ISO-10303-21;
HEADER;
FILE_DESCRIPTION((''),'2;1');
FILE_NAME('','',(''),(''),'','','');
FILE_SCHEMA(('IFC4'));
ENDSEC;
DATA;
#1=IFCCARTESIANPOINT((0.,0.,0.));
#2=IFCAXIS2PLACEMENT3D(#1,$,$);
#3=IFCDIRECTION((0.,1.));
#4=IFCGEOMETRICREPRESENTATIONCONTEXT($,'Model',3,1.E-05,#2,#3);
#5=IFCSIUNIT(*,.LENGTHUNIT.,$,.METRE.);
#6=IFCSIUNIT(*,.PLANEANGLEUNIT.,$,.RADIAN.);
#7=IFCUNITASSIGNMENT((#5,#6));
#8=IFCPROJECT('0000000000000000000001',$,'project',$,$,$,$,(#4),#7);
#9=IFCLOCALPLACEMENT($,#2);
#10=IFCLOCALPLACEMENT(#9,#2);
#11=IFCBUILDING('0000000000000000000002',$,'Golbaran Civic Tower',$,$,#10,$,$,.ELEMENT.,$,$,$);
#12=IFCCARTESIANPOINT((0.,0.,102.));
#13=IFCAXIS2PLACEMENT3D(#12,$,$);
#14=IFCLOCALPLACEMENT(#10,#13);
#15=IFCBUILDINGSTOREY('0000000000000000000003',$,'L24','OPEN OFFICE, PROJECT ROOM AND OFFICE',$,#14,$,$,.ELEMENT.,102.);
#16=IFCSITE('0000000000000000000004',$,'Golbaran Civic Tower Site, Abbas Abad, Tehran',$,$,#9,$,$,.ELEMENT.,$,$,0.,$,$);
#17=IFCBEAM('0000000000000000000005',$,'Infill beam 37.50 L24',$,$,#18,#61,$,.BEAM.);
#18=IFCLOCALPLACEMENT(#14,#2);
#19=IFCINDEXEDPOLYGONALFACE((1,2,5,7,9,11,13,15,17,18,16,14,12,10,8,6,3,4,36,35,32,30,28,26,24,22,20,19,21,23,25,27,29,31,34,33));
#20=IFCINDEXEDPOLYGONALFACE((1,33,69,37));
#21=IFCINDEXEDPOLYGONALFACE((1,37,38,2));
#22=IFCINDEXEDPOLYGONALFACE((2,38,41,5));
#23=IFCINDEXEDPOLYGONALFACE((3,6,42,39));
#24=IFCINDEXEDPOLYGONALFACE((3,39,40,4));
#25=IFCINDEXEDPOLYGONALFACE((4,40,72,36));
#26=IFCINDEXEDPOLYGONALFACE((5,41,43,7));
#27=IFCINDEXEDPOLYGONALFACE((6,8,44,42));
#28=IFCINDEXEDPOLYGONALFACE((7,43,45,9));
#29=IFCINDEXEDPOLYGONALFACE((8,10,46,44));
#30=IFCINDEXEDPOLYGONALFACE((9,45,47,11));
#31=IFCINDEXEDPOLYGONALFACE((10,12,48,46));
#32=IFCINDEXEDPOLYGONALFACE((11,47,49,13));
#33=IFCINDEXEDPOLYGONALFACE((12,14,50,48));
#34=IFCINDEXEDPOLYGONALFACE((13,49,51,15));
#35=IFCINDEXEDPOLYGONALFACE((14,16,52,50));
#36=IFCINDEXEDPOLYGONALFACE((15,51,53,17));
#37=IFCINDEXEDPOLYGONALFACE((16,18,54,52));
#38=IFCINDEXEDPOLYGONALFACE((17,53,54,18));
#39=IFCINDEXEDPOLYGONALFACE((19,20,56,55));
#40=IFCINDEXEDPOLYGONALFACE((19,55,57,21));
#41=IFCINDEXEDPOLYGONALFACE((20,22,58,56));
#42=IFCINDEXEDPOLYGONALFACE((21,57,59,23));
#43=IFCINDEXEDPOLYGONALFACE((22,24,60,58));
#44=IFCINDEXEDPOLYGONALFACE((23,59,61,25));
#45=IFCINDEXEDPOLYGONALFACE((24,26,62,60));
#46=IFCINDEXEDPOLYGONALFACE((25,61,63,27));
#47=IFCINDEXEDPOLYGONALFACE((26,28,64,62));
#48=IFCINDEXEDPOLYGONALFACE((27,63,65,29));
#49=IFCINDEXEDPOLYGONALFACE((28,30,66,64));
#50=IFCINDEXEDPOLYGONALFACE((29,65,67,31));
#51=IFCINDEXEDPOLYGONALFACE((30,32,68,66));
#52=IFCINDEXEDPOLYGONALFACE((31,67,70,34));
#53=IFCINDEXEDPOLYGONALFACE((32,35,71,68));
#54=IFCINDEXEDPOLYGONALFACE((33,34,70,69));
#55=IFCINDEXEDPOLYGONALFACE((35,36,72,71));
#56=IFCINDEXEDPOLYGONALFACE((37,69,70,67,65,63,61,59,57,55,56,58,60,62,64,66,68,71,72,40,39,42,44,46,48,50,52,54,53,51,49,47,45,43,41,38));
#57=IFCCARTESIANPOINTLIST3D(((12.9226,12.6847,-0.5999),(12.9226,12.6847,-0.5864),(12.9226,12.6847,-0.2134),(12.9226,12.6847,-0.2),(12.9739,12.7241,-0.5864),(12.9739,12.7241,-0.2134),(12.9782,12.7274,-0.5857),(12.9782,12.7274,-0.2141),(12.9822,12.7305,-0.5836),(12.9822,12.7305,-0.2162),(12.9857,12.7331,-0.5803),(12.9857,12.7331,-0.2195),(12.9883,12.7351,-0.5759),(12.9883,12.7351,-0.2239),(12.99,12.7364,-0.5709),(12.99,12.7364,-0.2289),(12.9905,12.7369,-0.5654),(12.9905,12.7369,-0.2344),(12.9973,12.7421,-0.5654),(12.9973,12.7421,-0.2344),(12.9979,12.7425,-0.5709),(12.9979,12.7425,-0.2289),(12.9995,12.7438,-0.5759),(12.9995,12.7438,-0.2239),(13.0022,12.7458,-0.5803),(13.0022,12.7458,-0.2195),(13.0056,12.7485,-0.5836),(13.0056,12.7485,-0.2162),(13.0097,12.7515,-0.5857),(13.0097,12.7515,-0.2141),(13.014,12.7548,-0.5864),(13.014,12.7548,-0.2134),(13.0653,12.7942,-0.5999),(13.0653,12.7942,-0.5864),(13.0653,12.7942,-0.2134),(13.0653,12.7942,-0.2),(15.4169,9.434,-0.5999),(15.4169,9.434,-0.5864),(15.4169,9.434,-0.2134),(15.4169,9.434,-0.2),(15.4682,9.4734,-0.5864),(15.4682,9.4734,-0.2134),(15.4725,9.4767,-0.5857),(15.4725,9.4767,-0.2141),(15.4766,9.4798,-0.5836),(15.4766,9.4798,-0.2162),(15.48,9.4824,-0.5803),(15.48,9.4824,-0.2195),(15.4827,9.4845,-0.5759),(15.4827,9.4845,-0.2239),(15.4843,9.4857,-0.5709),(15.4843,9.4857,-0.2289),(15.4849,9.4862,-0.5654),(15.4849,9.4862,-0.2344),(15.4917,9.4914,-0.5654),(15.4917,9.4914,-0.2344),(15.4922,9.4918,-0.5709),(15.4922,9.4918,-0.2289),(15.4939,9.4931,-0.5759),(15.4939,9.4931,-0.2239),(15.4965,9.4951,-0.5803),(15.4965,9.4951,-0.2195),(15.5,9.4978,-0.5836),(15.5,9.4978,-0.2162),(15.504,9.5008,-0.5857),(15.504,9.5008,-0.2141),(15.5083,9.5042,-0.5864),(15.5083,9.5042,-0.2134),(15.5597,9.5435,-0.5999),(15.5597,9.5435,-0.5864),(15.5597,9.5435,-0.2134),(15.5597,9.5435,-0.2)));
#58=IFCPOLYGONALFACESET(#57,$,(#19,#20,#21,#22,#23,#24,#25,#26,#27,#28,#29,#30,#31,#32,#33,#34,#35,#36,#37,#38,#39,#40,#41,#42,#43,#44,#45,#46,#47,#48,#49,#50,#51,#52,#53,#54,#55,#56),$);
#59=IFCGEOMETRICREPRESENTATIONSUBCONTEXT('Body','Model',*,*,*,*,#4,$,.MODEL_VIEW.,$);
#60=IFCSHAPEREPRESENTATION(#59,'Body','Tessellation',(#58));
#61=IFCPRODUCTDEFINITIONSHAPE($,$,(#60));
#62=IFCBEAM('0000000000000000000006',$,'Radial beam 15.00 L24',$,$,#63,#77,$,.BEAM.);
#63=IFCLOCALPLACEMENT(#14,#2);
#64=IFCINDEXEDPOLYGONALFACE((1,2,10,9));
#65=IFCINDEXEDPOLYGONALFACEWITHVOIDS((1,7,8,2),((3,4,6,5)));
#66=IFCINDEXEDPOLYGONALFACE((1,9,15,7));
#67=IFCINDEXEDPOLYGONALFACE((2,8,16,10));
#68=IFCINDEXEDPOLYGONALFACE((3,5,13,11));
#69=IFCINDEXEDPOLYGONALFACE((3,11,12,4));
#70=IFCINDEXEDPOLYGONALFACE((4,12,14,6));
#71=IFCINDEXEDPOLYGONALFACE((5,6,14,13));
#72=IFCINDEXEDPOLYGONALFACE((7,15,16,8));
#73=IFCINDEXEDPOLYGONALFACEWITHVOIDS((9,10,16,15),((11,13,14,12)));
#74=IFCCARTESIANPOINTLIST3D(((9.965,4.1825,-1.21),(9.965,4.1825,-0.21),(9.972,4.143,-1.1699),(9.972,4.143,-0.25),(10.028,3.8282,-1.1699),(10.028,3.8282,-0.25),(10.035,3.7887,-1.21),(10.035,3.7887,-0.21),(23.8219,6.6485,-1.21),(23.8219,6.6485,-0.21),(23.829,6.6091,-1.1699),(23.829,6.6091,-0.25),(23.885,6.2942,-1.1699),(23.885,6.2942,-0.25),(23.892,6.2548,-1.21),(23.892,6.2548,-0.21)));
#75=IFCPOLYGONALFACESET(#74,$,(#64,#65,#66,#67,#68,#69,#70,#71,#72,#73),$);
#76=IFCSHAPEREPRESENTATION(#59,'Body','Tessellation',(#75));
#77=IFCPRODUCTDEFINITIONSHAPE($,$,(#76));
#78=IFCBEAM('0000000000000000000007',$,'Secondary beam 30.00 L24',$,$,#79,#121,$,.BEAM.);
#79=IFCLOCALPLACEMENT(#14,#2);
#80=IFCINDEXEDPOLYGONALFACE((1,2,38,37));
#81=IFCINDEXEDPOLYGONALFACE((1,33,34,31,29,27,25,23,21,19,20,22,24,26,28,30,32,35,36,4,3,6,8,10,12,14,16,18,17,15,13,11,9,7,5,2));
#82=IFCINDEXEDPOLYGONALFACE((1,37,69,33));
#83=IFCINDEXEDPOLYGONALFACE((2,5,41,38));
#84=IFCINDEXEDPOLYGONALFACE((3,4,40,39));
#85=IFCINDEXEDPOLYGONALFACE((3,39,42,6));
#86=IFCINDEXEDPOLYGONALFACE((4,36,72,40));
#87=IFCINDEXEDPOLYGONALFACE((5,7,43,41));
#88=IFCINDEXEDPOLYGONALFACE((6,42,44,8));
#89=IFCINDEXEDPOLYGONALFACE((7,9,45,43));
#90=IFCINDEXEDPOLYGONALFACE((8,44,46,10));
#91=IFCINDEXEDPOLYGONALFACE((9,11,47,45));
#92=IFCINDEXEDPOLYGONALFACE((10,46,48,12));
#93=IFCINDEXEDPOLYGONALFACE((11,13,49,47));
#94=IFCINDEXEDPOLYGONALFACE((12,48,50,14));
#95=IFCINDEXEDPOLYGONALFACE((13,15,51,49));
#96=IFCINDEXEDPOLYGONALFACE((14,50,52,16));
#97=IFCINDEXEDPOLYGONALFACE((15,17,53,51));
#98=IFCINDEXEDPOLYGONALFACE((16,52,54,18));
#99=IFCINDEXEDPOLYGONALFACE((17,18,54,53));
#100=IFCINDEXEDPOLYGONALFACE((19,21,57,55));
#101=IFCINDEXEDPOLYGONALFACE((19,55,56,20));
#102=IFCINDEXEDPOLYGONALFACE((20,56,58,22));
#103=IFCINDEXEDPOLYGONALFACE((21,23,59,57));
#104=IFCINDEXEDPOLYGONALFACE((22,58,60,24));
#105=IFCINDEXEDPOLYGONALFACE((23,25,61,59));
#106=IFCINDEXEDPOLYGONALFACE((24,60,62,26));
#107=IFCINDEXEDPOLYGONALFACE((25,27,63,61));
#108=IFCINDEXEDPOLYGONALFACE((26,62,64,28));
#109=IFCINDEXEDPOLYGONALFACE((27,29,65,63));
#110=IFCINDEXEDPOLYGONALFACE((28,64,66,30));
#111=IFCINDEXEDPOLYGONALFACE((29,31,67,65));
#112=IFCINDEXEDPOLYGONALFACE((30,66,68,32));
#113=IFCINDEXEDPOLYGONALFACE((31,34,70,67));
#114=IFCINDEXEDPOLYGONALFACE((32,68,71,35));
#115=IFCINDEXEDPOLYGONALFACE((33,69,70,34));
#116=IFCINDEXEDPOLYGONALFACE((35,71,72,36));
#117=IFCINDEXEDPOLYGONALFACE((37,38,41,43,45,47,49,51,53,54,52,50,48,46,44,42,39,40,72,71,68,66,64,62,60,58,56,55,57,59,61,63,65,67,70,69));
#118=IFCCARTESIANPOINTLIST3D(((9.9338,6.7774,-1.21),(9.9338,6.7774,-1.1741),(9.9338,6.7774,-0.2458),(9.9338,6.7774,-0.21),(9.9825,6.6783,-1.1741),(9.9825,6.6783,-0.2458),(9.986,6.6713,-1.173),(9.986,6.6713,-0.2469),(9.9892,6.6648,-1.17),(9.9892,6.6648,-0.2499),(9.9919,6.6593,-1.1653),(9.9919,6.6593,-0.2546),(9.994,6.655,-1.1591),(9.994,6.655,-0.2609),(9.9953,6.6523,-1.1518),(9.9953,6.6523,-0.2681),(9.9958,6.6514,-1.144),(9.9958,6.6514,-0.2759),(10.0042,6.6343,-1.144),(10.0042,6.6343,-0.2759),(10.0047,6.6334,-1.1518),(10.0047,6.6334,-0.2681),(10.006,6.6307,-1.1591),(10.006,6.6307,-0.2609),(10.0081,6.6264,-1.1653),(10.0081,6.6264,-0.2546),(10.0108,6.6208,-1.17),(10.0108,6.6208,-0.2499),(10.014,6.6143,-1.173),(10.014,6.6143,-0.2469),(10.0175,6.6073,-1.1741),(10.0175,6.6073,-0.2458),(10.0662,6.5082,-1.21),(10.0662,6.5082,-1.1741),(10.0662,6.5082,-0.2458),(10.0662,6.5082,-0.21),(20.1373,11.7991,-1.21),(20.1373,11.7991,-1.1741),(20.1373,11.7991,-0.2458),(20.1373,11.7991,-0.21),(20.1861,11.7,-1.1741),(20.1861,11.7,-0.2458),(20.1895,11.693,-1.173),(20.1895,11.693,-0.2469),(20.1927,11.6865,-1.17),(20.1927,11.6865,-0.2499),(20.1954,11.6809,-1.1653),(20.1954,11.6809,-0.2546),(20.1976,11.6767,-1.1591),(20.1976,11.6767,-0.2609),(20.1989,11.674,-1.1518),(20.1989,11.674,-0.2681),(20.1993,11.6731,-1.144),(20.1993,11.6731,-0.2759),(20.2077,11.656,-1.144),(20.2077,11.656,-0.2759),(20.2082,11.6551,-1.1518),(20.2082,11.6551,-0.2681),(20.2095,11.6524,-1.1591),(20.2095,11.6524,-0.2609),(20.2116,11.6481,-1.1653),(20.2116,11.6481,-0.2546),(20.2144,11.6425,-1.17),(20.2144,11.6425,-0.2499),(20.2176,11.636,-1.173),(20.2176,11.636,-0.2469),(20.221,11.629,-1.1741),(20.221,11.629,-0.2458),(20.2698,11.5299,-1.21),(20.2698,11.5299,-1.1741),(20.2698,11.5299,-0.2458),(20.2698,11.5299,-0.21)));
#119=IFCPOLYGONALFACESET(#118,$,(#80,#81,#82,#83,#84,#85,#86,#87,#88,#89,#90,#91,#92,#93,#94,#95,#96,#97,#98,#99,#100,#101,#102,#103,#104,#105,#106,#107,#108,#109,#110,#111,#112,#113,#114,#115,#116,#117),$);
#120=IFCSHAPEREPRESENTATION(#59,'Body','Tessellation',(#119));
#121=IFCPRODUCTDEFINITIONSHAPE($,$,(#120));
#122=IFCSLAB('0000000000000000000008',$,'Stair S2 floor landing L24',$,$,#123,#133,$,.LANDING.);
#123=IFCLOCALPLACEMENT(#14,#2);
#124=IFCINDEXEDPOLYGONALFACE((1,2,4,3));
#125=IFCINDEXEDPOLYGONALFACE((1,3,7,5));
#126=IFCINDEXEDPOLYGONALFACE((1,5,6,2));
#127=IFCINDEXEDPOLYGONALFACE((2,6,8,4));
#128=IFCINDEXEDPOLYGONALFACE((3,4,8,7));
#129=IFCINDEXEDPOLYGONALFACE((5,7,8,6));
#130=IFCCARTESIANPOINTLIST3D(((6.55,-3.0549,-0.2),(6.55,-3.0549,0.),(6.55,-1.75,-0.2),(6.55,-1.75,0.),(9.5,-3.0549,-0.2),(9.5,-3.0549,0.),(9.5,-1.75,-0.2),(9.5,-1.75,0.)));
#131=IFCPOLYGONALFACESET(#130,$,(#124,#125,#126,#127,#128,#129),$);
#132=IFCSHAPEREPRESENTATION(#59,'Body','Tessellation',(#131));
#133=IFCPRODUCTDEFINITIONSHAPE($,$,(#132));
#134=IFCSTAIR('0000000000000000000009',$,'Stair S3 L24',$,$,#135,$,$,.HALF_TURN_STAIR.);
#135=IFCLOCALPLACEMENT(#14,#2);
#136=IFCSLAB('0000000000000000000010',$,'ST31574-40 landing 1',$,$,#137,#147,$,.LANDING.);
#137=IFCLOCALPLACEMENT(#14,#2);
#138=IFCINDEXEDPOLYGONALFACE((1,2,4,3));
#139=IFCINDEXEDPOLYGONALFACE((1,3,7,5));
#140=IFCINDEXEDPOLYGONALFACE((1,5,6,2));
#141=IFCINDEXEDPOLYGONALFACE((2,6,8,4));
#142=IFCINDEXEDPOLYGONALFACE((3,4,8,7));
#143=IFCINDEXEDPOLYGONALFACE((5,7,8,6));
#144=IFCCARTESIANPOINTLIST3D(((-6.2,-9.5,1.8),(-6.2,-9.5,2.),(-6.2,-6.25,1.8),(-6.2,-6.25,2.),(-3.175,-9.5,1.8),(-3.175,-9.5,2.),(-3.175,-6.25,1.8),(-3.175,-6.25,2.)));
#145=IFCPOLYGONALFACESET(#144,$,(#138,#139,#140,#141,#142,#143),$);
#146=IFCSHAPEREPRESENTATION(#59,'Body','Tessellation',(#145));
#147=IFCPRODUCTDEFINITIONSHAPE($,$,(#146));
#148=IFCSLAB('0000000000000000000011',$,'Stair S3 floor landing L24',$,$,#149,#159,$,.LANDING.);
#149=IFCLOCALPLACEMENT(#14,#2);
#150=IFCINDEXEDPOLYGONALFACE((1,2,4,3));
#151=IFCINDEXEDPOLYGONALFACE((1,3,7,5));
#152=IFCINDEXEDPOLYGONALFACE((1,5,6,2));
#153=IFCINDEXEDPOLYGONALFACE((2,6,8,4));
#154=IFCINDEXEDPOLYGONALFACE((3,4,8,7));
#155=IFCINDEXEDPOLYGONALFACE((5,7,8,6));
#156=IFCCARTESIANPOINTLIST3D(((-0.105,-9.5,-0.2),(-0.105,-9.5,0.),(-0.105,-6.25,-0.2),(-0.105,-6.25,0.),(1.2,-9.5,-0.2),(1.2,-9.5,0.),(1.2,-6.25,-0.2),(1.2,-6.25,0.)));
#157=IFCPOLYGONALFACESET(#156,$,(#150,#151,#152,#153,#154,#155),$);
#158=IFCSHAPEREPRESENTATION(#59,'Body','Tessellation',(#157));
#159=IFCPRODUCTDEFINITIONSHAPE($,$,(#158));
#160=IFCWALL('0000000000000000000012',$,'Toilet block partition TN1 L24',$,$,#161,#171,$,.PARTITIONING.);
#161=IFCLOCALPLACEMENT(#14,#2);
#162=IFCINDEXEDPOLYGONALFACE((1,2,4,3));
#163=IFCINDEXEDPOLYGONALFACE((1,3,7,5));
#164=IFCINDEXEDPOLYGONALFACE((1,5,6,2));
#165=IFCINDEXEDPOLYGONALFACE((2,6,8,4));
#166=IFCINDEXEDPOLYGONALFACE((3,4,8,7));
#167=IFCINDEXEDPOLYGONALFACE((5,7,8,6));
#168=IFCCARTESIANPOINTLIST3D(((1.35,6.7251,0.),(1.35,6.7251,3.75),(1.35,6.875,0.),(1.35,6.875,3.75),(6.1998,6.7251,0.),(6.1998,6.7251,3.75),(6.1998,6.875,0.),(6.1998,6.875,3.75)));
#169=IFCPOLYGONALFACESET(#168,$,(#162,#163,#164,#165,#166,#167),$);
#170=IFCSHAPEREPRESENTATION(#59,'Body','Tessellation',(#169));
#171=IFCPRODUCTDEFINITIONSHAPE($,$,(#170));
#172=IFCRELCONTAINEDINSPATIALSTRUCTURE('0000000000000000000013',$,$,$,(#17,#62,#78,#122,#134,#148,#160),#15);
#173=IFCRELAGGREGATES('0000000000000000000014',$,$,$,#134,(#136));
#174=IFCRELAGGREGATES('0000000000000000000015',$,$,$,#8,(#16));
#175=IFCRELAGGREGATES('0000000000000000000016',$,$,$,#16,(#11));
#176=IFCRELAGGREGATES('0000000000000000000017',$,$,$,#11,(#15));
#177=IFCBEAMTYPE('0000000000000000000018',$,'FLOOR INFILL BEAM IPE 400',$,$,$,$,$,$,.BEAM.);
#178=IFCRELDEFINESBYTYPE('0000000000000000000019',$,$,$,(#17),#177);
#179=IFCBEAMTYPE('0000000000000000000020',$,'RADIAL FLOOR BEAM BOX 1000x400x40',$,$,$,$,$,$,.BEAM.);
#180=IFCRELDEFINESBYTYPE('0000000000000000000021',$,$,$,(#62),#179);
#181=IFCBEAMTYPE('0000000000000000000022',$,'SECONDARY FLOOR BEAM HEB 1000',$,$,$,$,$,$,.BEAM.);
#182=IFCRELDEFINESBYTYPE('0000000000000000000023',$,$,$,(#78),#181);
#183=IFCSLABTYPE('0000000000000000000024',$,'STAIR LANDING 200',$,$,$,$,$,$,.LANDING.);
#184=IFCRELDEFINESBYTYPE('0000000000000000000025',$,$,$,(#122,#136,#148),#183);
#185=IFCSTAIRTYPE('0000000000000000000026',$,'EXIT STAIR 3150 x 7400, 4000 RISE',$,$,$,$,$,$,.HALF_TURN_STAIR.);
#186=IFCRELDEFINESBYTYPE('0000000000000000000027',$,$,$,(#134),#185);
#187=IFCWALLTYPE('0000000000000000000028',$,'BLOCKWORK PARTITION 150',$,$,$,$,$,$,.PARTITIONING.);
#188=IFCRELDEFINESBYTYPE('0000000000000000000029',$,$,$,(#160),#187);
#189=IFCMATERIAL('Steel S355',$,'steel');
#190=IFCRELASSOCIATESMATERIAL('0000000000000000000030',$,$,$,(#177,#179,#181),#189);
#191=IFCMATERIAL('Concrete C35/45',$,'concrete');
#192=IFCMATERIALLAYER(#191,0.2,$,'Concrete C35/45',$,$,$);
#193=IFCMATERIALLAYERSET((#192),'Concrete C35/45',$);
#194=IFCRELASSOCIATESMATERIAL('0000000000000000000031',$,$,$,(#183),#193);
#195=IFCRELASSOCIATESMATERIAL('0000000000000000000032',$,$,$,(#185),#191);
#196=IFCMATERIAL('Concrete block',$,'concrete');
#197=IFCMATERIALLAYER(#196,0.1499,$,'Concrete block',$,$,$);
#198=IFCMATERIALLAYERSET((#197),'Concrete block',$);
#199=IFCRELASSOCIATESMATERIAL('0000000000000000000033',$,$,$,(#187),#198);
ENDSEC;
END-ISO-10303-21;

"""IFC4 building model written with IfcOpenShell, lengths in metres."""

from ifc_helpers import new_model, si_unit, direction, frame, frame_2d, origin, origin_2d, place, context, subcontext, project, spatial, polyline, rectangle, hollow_rectangle, i_section, outline, extrude, material, layer, layer_set, material_profile, profile_set, type_object, element, aggregate, save


model = new_model("IFC4")

# Units and contexts
model_context = context("Model", 3, precision=1e-05, world=origin(), true_north=direction((0.0, 1.0)))
body_context = subcontext(model_context, "Body", "Model", "MODEL_VIEW")
ifc_project = project(units=[si_unit("LENGTHUNIT", "METRE"), si_unit("PLANEANGLEUNIT", "RADIAN")], contexts=[model_context])

# Site, building, storey
site_placement = place(None, origin())
site = spatial("IfcSite", under=ifc_project, at=site_placement, Name="Golbaran Civic Tower Site, Abbas Abad, Tehran", CompositionType="ELEMENT", RefElevation=0.0)
building_placement = place(site_placement, origin())
building = spatial("IfcBuilding", under=site, at=building_placement, Name="Golbaran Civic Tower", CompositionType="ELEMENT")
storey_placement = place(building_placement, frame((0.0, 0.0, 102.0)))
storey = spatial("IfcBuildingStorey", under=building, at=storey_placement, Name="L24", Description="OPEN OFFICE, PROJECT ROOM AND OFFICE", CompositionType="ELEMENT", Elevation=102.0)

# Beams
ifc_material_1 = material(Name="Steel S355", Category="steel")
ifc_material_profile_1 = material_profile(ifc_material_1, i_section(OverallWidth=0.1799, OverallDepth=0.3999, WebThickness=0.0085, FlangeThickness=0.0134, FilletRadius=0.021, at=origin_2d()), Name="IPE 400")
ifc_profile_set_1 = profile_set([ifc_material_profile_1], Name="Steel S355")
beam_type_1 = type_object("IfcBeamType", Name="FLOOR INFILL BEAM IPE 400", PredefinedType="BEAM", material=ifc_profile_set_1)
beam_1_placement = place(storey_placement, frame((15.4883, 9.4888, -0.3999), z_axis=(-0.608763, 0.793352, 0.0), x_axis=(-0.793352, -0.608763, 0.0)))
element("IfcBeam", 1, at=beam_1_placement, inside=storey, type_object=beam_type_1, Name="Infill beam 37.50 L24", PredefinedType="BEAM", context=body_context, shape_type="SweptSolid", body=[
    extrude(i_section(OverallWidth=0.1799, OverallDepth=0.3999, WebThickness=0.0085, FlangeThickness=0.0134, FilletRadius=0.021, at=origin_2d()), origin(), (0.0, 0.0, 1.0), 4.0974),
])
ifc_material_profile_2 = material_profile(ifc_material_1, hollow_rectangle(XDim=0.3999, YDim=1.0, WallThickness=0.04, at=origin_2d()), Name="BOX 1000x400x40")
ifc_profile_set_2 = profile_set([ifc_material_profile_2], Name="Steel S355")
beam_type_2 = type_object("IfcBeamType", Name="RADIAL FLOOR BEAM BOX 1000x400x40", PredefinedType="BEAM", material=ifc_profile_set_2)
beam_2_placement = place(storey_placement, frame((10.0, 3.9856, -0.71), z_axis=(0.984531, 0.175213, 0.0), x_axis=(-0.175213, 0.984531, 0.0)))
element("IfcBeam", 2, at=beam_2_placement, inside=storey, type_object=beam_type_2, Name="Radial beam 15.00 L24", PredefinedType="BEAM", context=body_context, shape_type="SweptSolid", body=[
    extrude(hollow_rectangle(XDim=0.3999, YDim=1.0, WallThickness=0.04, at=origin_2d()), origin(), (0.0, 0.0, 1.0), 14.0747),
])
ifc_material_profile_3 = material_profile(ifc_material_1, i_section(OverallWidth=0.3, OverallDepth=1.0, WebThickness=0.019, FlangeThickness=0.0359, FilletRadius=0.03, at=origin_2d()), Name="HEB 1000")
ifc_profile_set_3 = profile_set([ifc_material_profile_3], Name="Steel S355")
beam_type_3 = type_object("IfcBeamType", Name="SECONDARY FLOOR BEAM HEB 1000", PredefinedType="BEAM", material=ifc_profile_set_3)
beam_3_placement = place(storey_placement, frame((10.0, 6.6428, -0.71), z_axis=(0.897226, 0.441572, 0.0), x_axis=(-0.441572, 0.897226, 0.0)))
element("IfcBeam", 3, at=beam_3_placement, inside=storey, type_object=beam_type_3, Name="Secondary beam 30.00 L24", PredefinedType="BEAM", context=body_context, shape_type="SweptSolid", body=[
    extrude(i_section(OverallWidth=0.3, OverallDepth=1.0, WebThickness=0.019, FlangeThickness=0.0359, FilletRadius=0.03, at=origin_2d()), origin(), (0.0, 0.0, 1.0), 11.3723),
])

# Slab
ifc_material_2 = material(Name="Concrete C35/45", Category="concrete")
ifc_layer_1 = layer(ifc_material_2, 0.2, Name="Concrete C35/45")
ifc_layer_set_1 = layer_set([ifc_layer_1], Name="Concrete C35/45")
slab_type = type_object("IfcSlabType", Name="STAIR LANDING 200", PredefinedType="LANDING", material=ifc_layer_set_1)
slab_1_placement = place(storey_placement, frame((0.0, 0.0, -0.2)))
element("IfcSlab", 4, at=slab_1_placement, inside=storey, type_object=slab_type, Name="Stair S2 floor landing L24", PredefinedType="LANDING", context=body_context, shape_type="SweptSolid", body=[
    extrude(outline(polyline([(9.5, -1.75), (9.5, -3.0549), (6.55, -3.0549), (6.55, -1.75), (9.5, -1.75)])), origin(), (0.0, 0.0, 1.0), 0.2),
])

# Stair, slab
stair_type = type_object("IfcStairType", Name="EXIT STAIR 3150 x 7400, 4000 RISE", PredefinedType="HALF_TURN_STAIR", material=ifc_material_2)
stair_placement = place(storey_placement, origin())
stair = element("IfcStair", 5, at=stair_placement, inside=storey, type_object=stair_type, Name="Stair S3 L24", PredefinedType="HALF_TURN_STAIR")
slab_2_placement = place(storey_placement, frame((0.0, 0.0, 1.8)))
slab_2 = element("IfcSlab", 6, at=slab_2_placement, type_object=slab_type, Name="ST31574-40 landing 1", PredefinedType="LANDING", context=body_context, shape_type="SweptSolid", body=[
    extrude(outline(polyline([(-3.175, -9.5), (-6.2, -9.5), (-6.2, -6.25), (-3.175, -6.25), (-3.175, -9.5)])), origin(), (0.0, 0.0, 1.0), 0.2),
])
aggregate(stair, [slab_2])

# Slab
slab_3_placement = place(storey_placement, frame((0.0, 0.0, -0.2)))
element("IfcSlab", 7, at=slab_3_placement, inside=storey, type_object=slab_type, Name="Stair S3 floor landing L24", PredefinedType="LANDING", context=body_context, shape_type="SweptSolid", body=[
    extrude(outline(polyline([(1.2, -9.5), (-0.105, -9.5), (-0.105, -6.25), (1.2, -6.25), (1.2, -9.5)])), origin(), (0.0, 0.0, 1.0), 0.2),
])

# Wall
ifc_material_3 = material(Name="Concrete block", Category="concrete")
ifc_layer_2 = layer(ifc_material_3, 0.1499, Name="Concrete block")
ifc_layer_set_2 = layer_set([ifc_layer_2], Name="Concrete block")
wall_type_1 = type_object("IfcWallType", Name="BLOCKWORK PARTITION 150", PredefinedType="PARTITIONING", material=ifc_layer_set_2)
wall_1_placement = place(storey_placement, frame((1.3501, 6.8, 0.0), z_axis=(0.0, 0.0, 1.0), x_axis=(1.0, 0.0, 0.0)))
element("IfcWall", 8, at=wall_1_placement, inside=storey, type_object=wall_type_1, Name="Toilet block partition TN1 L24", PredefinedType="PARTITIONING", context=body_context, shape_type="SweptSolid", body=[
    extrude(rectangle(XDim=4.8499, YDim=0.1499, at=frame_2d((2.4248, 0.0))), origin(), (0.0, 0.0, 1.0), 3.75),
])

save(model, "model.ifc")
